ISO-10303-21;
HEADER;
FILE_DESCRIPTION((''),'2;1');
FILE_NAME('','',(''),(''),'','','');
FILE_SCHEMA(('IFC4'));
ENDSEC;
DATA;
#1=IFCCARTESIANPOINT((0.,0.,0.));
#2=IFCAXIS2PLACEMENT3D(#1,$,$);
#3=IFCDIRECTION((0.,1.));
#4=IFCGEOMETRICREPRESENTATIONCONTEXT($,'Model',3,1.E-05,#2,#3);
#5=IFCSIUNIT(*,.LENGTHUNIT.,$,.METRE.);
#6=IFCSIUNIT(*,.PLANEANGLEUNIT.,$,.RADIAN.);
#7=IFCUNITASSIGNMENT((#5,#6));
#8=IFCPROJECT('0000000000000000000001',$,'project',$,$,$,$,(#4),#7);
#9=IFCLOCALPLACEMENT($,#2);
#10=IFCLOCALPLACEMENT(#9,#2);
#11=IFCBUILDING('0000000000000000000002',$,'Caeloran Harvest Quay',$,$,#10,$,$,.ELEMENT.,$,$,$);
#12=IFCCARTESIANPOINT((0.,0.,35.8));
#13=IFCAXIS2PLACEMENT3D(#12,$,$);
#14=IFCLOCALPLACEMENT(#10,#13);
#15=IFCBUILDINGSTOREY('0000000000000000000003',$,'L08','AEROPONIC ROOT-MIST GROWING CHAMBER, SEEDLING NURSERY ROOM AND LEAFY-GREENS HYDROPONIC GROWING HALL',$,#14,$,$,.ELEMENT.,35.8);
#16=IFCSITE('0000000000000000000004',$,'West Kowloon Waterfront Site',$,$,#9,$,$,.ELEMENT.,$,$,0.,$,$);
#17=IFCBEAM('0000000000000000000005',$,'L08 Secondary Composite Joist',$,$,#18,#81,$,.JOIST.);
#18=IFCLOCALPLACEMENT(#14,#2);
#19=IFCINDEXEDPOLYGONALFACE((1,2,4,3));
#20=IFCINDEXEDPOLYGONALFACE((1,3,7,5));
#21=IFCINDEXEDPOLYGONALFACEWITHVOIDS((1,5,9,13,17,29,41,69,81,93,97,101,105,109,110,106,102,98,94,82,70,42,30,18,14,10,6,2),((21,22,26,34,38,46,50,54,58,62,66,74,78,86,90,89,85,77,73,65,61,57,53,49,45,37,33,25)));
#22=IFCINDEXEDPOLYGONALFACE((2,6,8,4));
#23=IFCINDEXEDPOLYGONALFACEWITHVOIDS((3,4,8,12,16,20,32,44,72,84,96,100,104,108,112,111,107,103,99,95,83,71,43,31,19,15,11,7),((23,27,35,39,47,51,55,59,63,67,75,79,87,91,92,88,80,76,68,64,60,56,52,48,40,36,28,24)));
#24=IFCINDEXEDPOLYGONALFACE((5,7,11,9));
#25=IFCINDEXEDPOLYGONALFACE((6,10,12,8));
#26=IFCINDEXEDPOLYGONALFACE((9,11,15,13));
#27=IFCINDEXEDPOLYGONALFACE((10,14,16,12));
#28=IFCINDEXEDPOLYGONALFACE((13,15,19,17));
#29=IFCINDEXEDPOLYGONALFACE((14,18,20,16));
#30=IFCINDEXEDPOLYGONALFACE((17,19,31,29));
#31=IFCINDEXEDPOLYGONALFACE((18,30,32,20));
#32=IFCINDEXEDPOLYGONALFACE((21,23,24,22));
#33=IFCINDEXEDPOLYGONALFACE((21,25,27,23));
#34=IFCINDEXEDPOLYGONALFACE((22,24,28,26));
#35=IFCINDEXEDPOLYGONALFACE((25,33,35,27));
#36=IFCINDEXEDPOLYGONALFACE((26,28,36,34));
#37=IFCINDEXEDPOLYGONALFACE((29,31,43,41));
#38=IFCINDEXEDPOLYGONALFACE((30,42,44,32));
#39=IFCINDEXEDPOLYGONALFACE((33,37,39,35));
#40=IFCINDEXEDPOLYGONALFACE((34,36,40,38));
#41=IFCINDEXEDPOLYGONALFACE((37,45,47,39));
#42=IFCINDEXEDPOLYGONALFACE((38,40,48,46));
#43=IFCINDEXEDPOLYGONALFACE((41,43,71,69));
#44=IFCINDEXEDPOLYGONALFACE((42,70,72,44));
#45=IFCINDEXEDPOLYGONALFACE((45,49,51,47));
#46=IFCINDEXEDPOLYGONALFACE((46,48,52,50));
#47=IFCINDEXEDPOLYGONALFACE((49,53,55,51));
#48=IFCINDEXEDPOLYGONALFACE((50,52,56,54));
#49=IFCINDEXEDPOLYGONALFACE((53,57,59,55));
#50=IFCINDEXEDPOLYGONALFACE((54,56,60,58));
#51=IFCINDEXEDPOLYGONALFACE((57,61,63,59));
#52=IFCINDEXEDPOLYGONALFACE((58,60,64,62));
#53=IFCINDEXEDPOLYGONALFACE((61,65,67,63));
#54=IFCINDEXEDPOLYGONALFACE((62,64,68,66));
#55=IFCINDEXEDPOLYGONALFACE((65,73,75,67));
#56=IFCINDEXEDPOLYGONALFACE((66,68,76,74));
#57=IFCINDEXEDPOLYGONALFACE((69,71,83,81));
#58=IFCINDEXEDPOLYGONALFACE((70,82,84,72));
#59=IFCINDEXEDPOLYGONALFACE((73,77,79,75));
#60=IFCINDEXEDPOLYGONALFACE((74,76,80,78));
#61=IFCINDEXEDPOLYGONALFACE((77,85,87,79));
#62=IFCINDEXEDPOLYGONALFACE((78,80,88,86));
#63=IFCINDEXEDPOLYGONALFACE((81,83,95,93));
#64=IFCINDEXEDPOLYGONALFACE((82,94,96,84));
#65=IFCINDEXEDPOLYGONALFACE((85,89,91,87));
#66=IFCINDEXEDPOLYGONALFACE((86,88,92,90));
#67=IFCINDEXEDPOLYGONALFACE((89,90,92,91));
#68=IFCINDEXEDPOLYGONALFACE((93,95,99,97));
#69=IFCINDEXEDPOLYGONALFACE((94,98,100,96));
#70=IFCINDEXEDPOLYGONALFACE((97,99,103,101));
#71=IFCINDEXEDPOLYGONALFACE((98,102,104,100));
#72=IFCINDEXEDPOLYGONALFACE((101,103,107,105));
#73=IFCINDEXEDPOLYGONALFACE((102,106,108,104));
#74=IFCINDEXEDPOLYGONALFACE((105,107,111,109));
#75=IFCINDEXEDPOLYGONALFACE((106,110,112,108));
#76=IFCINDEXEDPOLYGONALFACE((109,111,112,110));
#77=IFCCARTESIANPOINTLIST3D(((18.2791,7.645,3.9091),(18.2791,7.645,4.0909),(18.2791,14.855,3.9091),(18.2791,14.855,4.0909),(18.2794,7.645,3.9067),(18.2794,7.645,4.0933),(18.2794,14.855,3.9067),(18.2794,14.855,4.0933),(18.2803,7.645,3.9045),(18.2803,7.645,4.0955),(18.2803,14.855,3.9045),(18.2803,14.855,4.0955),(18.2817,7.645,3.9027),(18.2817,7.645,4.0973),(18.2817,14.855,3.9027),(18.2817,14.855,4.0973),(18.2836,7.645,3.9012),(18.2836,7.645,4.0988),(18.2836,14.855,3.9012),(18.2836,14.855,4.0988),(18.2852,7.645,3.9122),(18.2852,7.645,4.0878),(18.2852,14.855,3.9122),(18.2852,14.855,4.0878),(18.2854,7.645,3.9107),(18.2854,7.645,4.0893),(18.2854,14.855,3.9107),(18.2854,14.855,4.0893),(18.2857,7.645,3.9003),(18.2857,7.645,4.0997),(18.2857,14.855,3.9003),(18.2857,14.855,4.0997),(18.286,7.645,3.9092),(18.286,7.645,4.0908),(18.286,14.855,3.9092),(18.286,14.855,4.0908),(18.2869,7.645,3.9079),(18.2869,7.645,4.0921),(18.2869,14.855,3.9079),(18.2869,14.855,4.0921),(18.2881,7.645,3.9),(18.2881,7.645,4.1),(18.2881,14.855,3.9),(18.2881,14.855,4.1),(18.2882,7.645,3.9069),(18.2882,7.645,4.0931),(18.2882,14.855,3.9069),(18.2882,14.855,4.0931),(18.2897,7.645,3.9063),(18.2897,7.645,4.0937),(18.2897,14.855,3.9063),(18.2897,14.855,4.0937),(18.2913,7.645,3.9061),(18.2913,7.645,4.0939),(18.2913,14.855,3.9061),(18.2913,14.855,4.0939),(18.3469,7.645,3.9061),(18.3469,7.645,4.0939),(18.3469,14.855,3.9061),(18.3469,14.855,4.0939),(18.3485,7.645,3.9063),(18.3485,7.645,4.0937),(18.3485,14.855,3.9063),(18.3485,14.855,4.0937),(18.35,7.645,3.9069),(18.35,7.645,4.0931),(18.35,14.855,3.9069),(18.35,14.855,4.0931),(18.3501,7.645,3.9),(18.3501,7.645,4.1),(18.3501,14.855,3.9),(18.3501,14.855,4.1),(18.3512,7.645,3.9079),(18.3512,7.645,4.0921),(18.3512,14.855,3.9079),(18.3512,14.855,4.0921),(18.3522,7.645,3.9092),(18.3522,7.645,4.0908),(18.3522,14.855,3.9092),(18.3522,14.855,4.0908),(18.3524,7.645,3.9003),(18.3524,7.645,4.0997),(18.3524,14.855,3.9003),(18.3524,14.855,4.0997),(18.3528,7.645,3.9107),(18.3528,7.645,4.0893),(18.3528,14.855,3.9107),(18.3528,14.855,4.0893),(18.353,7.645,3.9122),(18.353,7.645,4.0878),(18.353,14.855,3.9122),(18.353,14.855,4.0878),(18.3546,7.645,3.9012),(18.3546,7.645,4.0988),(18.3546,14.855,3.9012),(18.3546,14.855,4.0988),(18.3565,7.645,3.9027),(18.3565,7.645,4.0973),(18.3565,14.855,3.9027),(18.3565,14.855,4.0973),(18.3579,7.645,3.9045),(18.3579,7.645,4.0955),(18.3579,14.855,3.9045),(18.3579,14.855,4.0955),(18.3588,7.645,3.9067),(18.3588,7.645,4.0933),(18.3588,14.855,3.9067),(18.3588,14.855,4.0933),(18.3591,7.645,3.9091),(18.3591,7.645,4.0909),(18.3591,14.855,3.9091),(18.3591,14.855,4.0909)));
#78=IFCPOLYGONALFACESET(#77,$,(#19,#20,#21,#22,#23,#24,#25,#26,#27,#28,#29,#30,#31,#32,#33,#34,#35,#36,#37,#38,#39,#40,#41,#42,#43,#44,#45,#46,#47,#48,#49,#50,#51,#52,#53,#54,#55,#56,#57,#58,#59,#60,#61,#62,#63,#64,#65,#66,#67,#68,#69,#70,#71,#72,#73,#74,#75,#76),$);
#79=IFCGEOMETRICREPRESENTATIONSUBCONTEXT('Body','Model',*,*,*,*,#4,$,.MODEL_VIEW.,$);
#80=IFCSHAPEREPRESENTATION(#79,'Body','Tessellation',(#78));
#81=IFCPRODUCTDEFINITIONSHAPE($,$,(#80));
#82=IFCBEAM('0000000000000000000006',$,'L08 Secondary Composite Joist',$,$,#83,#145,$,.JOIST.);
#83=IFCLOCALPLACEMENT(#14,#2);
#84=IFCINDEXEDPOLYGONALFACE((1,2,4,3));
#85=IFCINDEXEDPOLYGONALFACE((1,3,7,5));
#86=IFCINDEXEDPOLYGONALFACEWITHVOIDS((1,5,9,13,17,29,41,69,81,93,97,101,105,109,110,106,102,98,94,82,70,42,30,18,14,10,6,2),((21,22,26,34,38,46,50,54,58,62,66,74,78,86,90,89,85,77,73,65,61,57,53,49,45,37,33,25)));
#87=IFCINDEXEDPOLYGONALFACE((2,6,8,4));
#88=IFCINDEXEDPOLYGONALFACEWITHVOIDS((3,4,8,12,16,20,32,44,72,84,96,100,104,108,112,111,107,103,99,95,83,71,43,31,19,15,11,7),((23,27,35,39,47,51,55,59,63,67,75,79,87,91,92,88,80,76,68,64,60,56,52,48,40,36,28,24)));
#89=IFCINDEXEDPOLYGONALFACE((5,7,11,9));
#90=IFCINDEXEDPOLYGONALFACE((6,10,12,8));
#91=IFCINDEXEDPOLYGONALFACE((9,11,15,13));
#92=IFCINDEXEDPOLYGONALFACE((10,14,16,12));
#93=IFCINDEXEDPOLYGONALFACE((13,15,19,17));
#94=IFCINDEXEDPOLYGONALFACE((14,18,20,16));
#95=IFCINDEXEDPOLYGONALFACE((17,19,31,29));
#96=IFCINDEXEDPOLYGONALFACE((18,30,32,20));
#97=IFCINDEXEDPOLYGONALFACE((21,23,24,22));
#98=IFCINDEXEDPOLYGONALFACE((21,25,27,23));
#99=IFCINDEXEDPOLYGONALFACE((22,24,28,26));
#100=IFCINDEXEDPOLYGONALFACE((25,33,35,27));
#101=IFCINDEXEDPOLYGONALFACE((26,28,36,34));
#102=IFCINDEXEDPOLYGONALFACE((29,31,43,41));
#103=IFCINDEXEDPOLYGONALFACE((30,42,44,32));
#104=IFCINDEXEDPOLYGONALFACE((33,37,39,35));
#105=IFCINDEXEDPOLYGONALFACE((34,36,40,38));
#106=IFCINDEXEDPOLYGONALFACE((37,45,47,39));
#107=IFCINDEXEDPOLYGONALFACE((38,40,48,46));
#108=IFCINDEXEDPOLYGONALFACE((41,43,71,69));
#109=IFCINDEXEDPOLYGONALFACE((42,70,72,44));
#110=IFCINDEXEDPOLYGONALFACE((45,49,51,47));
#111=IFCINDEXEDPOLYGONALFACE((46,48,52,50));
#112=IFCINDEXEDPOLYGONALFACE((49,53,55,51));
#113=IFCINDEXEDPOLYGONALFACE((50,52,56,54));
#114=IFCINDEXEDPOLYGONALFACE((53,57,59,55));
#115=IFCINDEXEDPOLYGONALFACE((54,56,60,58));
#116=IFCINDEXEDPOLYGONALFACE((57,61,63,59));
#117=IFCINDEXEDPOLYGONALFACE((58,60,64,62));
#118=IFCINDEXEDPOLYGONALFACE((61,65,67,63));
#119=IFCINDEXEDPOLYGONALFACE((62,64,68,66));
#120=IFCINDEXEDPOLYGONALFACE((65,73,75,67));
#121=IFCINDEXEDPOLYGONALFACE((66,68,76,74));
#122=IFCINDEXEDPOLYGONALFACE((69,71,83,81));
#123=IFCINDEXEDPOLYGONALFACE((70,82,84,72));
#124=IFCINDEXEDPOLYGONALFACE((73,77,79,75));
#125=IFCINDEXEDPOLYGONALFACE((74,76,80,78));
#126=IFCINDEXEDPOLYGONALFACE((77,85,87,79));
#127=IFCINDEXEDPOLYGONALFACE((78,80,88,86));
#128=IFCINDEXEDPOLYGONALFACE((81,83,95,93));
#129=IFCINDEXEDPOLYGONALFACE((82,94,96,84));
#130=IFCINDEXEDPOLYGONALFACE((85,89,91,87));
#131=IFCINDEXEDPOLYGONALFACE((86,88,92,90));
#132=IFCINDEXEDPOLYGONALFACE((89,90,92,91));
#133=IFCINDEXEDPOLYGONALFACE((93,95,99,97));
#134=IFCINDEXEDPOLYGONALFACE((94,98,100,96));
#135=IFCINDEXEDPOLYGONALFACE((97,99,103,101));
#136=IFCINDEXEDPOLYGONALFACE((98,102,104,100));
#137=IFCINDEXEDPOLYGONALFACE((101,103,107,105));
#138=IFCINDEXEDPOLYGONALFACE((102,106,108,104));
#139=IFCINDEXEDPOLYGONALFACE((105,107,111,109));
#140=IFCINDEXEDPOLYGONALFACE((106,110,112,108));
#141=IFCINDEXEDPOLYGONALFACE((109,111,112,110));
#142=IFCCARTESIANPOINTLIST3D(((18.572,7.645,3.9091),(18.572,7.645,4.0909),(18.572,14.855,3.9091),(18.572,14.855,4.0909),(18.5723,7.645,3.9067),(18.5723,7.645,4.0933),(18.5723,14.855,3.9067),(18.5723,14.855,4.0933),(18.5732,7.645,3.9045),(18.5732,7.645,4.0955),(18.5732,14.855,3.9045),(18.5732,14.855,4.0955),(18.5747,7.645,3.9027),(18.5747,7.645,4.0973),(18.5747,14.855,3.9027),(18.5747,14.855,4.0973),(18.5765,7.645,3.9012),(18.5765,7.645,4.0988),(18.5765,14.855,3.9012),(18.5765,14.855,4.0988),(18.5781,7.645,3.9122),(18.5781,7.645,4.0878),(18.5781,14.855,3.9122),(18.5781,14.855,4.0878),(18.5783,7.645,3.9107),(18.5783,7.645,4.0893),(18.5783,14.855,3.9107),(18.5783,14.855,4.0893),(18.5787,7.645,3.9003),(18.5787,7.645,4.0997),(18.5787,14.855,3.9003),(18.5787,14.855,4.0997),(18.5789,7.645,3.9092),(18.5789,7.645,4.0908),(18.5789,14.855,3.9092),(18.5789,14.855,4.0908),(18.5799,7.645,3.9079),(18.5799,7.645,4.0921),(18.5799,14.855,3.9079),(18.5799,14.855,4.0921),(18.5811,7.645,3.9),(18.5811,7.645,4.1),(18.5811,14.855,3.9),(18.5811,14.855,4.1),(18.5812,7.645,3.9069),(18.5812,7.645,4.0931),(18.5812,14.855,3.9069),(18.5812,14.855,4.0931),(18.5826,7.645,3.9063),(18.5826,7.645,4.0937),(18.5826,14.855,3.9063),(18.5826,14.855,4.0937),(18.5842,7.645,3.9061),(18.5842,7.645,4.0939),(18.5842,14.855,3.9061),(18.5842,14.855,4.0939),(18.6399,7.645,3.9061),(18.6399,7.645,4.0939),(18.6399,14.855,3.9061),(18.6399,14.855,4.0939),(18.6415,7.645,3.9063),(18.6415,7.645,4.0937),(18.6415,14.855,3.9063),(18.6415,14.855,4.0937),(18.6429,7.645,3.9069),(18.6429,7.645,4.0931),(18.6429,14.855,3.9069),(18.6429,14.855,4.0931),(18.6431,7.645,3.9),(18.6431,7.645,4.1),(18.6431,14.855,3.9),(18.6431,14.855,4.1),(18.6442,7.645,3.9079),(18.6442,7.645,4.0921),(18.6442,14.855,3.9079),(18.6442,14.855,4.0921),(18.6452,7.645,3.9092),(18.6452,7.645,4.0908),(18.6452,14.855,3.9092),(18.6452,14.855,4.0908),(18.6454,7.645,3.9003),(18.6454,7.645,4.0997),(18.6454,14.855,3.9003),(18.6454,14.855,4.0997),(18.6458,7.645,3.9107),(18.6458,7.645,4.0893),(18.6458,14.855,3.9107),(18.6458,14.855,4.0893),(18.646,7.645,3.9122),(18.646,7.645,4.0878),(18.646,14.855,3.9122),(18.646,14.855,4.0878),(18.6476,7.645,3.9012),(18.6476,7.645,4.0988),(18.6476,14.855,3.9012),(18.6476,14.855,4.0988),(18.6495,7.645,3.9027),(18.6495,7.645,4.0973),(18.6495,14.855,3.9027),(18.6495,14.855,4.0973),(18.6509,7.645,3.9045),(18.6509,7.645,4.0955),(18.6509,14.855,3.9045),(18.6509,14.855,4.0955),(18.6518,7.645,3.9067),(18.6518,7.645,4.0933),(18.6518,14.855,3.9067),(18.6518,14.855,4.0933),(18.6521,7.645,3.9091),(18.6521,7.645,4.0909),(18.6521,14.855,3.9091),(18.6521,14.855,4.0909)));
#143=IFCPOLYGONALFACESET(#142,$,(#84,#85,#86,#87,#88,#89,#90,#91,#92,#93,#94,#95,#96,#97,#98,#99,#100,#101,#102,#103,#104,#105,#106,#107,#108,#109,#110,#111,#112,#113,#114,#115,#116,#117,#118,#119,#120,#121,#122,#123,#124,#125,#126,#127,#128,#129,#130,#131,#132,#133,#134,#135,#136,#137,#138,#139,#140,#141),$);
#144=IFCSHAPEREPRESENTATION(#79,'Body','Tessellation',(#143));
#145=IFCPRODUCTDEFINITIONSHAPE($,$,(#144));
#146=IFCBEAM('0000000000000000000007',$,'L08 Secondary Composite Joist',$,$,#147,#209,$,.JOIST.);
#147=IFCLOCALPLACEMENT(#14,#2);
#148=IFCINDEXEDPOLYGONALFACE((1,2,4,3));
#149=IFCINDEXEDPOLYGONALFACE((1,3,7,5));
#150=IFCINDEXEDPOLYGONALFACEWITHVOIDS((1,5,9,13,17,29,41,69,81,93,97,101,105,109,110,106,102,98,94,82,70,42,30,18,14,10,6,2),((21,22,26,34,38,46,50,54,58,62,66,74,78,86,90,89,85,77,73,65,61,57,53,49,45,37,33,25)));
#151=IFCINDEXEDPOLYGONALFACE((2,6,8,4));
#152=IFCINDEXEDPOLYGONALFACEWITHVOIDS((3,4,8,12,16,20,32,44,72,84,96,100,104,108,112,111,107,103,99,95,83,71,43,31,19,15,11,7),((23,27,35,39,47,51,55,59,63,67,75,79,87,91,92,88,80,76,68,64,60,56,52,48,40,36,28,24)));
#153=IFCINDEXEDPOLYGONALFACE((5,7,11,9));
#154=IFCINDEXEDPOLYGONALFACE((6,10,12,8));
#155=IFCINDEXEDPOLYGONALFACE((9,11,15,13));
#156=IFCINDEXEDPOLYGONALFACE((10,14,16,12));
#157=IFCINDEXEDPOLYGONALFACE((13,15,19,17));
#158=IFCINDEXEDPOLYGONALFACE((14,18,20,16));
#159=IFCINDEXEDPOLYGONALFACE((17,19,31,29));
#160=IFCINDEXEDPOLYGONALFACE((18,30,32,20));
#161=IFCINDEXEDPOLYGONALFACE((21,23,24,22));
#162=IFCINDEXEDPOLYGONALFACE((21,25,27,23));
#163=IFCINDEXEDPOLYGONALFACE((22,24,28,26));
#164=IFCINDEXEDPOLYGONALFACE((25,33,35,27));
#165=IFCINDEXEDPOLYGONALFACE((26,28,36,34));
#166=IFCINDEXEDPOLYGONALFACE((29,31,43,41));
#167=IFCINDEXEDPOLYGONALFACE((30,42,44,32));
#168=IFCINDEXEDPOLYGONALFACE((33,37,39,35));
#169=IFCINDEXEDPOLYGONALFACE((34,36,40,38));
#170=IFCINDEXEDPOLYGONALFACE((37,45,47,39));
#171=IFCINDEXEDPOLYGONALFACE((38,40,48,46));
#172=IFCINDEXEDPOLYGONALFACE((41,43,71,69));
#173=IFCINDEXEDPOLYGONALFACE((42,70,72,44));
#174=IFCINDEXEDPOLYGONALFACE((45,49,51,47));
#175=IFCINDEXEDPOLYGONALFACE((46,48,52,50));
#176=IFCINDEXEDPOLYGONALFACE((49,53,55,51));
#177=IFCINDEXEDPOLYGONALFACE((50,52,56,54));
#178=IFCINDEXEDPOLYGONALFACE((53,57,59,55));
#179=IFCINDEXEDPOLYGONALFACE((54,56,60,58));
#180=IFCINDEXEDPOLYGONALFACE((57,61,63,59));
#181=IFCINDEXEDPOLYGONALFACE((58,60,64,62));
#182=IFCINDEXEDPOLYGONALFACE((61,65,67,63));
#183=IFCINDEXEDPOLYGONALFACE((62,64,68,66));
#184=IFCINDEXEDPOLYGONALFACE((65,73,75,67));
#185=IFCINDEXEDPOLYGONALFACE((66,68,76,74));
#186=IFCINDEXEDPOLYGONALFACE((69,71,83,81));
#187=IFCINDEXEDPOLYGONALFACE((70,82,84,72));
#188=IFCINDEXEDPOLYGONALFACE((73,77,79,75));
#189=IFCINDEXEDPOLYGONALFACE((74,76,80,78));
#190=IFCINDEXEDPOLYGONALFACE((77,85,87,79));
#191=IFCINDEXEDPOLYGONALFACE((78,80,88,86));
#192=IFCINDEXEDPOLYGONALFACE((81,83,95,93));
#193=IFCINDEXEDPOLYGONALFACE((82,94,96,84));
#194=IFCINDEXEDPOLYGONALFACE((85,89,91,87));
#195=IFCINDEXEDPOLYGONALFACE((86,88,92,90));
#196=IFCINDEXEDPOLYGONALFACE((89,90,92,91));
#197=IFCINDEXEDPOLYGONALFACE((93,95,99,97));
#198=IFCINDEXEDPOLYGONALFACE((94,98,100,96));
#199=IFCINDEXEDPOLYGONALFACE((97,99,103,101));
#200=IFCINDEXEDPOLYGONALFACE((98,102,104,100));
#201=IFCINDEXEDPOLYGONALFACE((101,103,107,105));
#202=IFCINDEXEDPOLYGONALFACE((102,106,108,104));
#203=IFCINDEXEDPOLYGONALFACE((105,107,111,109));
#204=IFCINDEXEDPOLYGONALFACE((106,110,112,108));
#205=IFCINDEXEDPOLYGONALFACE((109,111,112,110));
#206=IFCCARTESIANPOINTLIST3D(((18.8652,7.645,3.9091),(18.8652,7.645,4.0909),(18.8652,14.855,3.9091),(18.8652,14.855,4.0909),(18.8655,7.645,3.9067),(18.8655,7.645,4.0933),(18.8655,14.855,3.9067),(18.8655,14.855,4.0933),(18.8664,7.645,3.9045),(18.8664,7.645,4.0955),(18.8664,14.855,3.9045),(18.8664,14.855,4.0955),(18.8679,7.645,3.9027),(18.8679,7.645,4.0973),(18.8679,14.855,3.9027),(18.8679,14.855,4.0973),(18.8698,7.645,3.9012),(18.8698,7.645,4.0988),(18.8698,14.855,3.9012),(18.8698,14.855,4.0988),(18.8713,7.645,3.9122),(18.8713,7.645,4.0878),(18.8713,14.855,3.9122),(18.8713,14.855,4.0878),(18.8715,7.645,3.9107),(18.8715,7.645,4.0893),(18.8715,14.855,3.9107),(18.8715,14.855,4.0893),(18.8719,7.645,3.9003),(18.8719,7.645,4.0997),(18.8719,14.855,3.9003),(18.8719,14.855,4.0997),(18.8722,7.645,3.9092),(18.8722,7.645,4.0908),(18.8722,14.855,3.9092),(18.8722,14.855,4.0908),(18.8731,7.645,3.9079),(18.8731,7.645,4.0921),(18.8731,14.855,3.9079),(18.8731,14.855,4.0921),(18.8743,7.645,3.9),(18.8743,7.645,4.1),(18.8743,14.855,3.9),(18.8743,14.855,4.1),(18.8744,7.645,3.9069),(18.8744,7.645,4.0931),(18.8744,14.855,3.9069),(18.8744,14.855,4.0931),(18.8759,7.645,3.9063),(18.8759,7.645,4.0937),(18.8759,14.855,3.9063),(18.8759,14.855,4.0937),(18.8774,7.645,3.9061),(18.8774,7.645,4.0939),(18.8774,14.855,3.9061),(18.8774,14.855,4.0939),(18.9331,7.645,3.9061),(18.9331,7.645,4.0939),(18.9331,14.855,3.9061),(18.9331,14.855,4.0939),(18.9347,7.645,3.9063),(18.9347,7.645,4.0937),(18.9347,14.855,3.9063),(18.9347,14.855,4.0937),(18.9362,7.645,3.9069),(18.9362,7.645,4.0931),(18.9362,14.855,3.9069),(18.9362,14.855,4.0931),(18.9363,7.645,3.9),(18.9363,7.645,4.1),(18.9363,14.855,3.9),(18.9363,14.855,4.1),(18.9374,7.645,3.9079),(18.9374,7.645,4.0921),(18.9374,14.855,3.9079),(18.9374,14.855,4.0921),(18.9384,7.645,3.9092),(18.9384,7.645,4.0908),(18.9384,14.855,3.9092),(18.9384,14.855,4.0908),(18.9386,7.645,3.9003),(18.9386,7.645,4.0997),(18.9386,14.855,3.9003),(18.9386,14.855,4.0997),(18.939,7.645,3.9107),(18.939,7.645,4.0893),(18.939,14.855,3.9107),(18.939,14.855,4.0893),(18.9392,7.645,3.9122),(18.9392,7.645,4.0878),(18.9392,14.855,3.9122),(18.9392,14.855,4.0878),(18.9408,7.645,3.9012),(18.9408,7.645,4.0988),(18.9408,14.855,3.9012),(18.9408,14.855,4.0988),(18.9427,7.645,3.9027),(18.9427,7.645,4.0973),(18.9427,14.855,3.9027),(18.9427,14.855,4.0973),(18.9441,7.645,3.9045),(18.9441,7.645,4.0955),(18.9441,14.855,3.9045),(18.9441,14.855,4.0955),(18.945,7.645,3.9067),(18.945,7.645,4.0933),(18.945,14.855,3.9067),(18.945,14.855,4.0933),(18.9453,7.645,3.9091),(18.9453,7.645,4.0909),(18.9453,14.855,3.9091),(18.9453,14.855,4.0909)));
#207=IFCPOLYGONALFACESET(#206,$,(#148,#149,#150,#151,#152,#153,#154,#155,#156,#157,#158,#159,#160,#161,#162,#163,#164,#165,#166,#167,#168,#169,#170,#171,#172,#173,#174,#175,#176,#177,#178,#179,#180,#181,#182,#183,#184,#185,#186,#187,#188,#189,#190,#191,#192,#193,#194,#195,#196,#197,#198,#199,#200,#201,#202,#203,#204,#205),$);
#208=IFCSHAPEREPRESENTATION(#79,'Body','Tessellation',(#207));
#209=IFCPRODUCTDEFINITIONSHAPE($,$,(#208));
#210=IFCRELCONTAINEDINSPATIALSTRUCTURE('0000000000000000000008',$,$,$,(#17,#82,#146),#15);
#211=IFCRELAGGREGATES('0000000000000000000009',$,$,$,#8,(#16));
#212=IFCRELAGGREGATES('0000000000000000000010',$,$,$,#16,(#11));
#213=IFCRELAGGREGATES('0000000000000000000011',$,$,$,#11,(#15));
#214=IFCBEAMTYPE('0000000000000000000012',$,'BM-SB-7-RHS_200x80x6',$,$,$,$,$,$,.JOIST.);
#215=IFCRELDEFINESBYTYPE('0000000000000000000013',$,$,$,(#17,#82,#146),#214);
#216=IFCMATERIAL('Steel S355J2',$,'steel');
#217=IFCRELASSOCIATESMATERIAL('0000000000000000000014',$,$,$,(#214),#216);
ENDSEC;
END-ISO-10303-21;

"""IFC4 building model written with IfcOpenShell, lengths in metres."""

from ifc_helpers import new_model, si_unit, direction, frame, origin, origin_2d, place, context, subcontext, project, spatial, hollow_rectangle, extrude, material, material_profile, profile_set, type_object, element, save


model = new_model("IFC4")

# Units and contexts
model_context = context("Model", 3, precision=1e-05, world=origin(), true_north=direction((0.0, 1.0)))
body_context = subcontext(model_context, "Body", "Model", "MODEL_VIEW")
ifc_project = project(units=[si_unit("LENGTHUNIT", "METRE"), si_unit("PLANEANGLEUNIT", "RADIAN")], contexts=[model_context])

# Site, building, storey
site_placement = place(None, origin())
site = spatial("IfcSite", under=ifc_project, at=site_placement, Name="West Kowloon Waterfront Site", CompositionType="ELEMENT", RefElevation=0.0)
building_placement = place(site_placement, origin())
building = spatial("IfcBuilding", under=site, at=building_placement, Name="Caeloran Harvest Quay", CompositionType="ELEMENT")
storey_placement = place(building_placement, frame((0.0, 0.0, 35.8)))
storey = spatial("IfcBuildingStorey", under=building, at=storey_placement, Name="L08", Description="AEROPONIC ROOT-MIST GROWING CHAMBER, SEEDLING NURSERY ROOM AND LEAFY-GREENS HYDROPONIC GROWING HALL", CompositionType="ELEMENT", Elevation=35.8)

# Beams
ifc_material_1 = material(Name="Steel S355J2", Category="steel")
ifc_material_profile_1 = material_profile(ifc_material_1, hollow_rectangle(XDim=0.0801, YDim=0.2, WallThickness=0.0061, InnerFilletRadius=0.0061, OuterFilletRadius=0.009, at=origin_2d()), Name="RHS 200x80x6")
ifc_profile_set_1 = profile_set([ifc_material_profile_1], Name="Steel S355J2")
beam_type_1 = type_object("IfcBeamType", Name="BM-SB-7-RHS_200x80x6", PredefinedType="JOIST", material=ifc_profile_set_1)
for number, where, z_axis, x_axis, name in (
    (1, (18.3191, 7.645, 4.0), (0.0, 1.0, 0.0), (-1.0, 0.0, 0.0), "L08 Secondary Composite Joist"),
    (2, (18.6121, 7.645, 4.0), (0.0, 1.0, 0.0), (-1.0, 0.0, 0.0), "L08 Secondary Composite Joist"),
    (3, (18.9053, 7.645, 4.0), (0.0, 1.0, 0.0), (-1.0, 0.0, 0.0), "L08 Secondary Composite Joist"),
):
    element("IfcBeam", number, at=place(storey_placement, frame(where, z_axis=z_axis, x_axis=x_axis)), inside=storey, type_object=beam_type_1, Name=name, PredefinedType="JOIST", context=body_context, shape_type="SweptSolid", body=[
        extrude(hollow_rectangle(XDim=0.0801, YDim=0.2, WallThickness=0.0061, InnerFilletRadius=0.0061, OuterFilletRadius=0.009, at=origin_2d()), origin(), (0.0, 0.0, 1.0), 7.21),
    ])

save(model, "model.ifc")
